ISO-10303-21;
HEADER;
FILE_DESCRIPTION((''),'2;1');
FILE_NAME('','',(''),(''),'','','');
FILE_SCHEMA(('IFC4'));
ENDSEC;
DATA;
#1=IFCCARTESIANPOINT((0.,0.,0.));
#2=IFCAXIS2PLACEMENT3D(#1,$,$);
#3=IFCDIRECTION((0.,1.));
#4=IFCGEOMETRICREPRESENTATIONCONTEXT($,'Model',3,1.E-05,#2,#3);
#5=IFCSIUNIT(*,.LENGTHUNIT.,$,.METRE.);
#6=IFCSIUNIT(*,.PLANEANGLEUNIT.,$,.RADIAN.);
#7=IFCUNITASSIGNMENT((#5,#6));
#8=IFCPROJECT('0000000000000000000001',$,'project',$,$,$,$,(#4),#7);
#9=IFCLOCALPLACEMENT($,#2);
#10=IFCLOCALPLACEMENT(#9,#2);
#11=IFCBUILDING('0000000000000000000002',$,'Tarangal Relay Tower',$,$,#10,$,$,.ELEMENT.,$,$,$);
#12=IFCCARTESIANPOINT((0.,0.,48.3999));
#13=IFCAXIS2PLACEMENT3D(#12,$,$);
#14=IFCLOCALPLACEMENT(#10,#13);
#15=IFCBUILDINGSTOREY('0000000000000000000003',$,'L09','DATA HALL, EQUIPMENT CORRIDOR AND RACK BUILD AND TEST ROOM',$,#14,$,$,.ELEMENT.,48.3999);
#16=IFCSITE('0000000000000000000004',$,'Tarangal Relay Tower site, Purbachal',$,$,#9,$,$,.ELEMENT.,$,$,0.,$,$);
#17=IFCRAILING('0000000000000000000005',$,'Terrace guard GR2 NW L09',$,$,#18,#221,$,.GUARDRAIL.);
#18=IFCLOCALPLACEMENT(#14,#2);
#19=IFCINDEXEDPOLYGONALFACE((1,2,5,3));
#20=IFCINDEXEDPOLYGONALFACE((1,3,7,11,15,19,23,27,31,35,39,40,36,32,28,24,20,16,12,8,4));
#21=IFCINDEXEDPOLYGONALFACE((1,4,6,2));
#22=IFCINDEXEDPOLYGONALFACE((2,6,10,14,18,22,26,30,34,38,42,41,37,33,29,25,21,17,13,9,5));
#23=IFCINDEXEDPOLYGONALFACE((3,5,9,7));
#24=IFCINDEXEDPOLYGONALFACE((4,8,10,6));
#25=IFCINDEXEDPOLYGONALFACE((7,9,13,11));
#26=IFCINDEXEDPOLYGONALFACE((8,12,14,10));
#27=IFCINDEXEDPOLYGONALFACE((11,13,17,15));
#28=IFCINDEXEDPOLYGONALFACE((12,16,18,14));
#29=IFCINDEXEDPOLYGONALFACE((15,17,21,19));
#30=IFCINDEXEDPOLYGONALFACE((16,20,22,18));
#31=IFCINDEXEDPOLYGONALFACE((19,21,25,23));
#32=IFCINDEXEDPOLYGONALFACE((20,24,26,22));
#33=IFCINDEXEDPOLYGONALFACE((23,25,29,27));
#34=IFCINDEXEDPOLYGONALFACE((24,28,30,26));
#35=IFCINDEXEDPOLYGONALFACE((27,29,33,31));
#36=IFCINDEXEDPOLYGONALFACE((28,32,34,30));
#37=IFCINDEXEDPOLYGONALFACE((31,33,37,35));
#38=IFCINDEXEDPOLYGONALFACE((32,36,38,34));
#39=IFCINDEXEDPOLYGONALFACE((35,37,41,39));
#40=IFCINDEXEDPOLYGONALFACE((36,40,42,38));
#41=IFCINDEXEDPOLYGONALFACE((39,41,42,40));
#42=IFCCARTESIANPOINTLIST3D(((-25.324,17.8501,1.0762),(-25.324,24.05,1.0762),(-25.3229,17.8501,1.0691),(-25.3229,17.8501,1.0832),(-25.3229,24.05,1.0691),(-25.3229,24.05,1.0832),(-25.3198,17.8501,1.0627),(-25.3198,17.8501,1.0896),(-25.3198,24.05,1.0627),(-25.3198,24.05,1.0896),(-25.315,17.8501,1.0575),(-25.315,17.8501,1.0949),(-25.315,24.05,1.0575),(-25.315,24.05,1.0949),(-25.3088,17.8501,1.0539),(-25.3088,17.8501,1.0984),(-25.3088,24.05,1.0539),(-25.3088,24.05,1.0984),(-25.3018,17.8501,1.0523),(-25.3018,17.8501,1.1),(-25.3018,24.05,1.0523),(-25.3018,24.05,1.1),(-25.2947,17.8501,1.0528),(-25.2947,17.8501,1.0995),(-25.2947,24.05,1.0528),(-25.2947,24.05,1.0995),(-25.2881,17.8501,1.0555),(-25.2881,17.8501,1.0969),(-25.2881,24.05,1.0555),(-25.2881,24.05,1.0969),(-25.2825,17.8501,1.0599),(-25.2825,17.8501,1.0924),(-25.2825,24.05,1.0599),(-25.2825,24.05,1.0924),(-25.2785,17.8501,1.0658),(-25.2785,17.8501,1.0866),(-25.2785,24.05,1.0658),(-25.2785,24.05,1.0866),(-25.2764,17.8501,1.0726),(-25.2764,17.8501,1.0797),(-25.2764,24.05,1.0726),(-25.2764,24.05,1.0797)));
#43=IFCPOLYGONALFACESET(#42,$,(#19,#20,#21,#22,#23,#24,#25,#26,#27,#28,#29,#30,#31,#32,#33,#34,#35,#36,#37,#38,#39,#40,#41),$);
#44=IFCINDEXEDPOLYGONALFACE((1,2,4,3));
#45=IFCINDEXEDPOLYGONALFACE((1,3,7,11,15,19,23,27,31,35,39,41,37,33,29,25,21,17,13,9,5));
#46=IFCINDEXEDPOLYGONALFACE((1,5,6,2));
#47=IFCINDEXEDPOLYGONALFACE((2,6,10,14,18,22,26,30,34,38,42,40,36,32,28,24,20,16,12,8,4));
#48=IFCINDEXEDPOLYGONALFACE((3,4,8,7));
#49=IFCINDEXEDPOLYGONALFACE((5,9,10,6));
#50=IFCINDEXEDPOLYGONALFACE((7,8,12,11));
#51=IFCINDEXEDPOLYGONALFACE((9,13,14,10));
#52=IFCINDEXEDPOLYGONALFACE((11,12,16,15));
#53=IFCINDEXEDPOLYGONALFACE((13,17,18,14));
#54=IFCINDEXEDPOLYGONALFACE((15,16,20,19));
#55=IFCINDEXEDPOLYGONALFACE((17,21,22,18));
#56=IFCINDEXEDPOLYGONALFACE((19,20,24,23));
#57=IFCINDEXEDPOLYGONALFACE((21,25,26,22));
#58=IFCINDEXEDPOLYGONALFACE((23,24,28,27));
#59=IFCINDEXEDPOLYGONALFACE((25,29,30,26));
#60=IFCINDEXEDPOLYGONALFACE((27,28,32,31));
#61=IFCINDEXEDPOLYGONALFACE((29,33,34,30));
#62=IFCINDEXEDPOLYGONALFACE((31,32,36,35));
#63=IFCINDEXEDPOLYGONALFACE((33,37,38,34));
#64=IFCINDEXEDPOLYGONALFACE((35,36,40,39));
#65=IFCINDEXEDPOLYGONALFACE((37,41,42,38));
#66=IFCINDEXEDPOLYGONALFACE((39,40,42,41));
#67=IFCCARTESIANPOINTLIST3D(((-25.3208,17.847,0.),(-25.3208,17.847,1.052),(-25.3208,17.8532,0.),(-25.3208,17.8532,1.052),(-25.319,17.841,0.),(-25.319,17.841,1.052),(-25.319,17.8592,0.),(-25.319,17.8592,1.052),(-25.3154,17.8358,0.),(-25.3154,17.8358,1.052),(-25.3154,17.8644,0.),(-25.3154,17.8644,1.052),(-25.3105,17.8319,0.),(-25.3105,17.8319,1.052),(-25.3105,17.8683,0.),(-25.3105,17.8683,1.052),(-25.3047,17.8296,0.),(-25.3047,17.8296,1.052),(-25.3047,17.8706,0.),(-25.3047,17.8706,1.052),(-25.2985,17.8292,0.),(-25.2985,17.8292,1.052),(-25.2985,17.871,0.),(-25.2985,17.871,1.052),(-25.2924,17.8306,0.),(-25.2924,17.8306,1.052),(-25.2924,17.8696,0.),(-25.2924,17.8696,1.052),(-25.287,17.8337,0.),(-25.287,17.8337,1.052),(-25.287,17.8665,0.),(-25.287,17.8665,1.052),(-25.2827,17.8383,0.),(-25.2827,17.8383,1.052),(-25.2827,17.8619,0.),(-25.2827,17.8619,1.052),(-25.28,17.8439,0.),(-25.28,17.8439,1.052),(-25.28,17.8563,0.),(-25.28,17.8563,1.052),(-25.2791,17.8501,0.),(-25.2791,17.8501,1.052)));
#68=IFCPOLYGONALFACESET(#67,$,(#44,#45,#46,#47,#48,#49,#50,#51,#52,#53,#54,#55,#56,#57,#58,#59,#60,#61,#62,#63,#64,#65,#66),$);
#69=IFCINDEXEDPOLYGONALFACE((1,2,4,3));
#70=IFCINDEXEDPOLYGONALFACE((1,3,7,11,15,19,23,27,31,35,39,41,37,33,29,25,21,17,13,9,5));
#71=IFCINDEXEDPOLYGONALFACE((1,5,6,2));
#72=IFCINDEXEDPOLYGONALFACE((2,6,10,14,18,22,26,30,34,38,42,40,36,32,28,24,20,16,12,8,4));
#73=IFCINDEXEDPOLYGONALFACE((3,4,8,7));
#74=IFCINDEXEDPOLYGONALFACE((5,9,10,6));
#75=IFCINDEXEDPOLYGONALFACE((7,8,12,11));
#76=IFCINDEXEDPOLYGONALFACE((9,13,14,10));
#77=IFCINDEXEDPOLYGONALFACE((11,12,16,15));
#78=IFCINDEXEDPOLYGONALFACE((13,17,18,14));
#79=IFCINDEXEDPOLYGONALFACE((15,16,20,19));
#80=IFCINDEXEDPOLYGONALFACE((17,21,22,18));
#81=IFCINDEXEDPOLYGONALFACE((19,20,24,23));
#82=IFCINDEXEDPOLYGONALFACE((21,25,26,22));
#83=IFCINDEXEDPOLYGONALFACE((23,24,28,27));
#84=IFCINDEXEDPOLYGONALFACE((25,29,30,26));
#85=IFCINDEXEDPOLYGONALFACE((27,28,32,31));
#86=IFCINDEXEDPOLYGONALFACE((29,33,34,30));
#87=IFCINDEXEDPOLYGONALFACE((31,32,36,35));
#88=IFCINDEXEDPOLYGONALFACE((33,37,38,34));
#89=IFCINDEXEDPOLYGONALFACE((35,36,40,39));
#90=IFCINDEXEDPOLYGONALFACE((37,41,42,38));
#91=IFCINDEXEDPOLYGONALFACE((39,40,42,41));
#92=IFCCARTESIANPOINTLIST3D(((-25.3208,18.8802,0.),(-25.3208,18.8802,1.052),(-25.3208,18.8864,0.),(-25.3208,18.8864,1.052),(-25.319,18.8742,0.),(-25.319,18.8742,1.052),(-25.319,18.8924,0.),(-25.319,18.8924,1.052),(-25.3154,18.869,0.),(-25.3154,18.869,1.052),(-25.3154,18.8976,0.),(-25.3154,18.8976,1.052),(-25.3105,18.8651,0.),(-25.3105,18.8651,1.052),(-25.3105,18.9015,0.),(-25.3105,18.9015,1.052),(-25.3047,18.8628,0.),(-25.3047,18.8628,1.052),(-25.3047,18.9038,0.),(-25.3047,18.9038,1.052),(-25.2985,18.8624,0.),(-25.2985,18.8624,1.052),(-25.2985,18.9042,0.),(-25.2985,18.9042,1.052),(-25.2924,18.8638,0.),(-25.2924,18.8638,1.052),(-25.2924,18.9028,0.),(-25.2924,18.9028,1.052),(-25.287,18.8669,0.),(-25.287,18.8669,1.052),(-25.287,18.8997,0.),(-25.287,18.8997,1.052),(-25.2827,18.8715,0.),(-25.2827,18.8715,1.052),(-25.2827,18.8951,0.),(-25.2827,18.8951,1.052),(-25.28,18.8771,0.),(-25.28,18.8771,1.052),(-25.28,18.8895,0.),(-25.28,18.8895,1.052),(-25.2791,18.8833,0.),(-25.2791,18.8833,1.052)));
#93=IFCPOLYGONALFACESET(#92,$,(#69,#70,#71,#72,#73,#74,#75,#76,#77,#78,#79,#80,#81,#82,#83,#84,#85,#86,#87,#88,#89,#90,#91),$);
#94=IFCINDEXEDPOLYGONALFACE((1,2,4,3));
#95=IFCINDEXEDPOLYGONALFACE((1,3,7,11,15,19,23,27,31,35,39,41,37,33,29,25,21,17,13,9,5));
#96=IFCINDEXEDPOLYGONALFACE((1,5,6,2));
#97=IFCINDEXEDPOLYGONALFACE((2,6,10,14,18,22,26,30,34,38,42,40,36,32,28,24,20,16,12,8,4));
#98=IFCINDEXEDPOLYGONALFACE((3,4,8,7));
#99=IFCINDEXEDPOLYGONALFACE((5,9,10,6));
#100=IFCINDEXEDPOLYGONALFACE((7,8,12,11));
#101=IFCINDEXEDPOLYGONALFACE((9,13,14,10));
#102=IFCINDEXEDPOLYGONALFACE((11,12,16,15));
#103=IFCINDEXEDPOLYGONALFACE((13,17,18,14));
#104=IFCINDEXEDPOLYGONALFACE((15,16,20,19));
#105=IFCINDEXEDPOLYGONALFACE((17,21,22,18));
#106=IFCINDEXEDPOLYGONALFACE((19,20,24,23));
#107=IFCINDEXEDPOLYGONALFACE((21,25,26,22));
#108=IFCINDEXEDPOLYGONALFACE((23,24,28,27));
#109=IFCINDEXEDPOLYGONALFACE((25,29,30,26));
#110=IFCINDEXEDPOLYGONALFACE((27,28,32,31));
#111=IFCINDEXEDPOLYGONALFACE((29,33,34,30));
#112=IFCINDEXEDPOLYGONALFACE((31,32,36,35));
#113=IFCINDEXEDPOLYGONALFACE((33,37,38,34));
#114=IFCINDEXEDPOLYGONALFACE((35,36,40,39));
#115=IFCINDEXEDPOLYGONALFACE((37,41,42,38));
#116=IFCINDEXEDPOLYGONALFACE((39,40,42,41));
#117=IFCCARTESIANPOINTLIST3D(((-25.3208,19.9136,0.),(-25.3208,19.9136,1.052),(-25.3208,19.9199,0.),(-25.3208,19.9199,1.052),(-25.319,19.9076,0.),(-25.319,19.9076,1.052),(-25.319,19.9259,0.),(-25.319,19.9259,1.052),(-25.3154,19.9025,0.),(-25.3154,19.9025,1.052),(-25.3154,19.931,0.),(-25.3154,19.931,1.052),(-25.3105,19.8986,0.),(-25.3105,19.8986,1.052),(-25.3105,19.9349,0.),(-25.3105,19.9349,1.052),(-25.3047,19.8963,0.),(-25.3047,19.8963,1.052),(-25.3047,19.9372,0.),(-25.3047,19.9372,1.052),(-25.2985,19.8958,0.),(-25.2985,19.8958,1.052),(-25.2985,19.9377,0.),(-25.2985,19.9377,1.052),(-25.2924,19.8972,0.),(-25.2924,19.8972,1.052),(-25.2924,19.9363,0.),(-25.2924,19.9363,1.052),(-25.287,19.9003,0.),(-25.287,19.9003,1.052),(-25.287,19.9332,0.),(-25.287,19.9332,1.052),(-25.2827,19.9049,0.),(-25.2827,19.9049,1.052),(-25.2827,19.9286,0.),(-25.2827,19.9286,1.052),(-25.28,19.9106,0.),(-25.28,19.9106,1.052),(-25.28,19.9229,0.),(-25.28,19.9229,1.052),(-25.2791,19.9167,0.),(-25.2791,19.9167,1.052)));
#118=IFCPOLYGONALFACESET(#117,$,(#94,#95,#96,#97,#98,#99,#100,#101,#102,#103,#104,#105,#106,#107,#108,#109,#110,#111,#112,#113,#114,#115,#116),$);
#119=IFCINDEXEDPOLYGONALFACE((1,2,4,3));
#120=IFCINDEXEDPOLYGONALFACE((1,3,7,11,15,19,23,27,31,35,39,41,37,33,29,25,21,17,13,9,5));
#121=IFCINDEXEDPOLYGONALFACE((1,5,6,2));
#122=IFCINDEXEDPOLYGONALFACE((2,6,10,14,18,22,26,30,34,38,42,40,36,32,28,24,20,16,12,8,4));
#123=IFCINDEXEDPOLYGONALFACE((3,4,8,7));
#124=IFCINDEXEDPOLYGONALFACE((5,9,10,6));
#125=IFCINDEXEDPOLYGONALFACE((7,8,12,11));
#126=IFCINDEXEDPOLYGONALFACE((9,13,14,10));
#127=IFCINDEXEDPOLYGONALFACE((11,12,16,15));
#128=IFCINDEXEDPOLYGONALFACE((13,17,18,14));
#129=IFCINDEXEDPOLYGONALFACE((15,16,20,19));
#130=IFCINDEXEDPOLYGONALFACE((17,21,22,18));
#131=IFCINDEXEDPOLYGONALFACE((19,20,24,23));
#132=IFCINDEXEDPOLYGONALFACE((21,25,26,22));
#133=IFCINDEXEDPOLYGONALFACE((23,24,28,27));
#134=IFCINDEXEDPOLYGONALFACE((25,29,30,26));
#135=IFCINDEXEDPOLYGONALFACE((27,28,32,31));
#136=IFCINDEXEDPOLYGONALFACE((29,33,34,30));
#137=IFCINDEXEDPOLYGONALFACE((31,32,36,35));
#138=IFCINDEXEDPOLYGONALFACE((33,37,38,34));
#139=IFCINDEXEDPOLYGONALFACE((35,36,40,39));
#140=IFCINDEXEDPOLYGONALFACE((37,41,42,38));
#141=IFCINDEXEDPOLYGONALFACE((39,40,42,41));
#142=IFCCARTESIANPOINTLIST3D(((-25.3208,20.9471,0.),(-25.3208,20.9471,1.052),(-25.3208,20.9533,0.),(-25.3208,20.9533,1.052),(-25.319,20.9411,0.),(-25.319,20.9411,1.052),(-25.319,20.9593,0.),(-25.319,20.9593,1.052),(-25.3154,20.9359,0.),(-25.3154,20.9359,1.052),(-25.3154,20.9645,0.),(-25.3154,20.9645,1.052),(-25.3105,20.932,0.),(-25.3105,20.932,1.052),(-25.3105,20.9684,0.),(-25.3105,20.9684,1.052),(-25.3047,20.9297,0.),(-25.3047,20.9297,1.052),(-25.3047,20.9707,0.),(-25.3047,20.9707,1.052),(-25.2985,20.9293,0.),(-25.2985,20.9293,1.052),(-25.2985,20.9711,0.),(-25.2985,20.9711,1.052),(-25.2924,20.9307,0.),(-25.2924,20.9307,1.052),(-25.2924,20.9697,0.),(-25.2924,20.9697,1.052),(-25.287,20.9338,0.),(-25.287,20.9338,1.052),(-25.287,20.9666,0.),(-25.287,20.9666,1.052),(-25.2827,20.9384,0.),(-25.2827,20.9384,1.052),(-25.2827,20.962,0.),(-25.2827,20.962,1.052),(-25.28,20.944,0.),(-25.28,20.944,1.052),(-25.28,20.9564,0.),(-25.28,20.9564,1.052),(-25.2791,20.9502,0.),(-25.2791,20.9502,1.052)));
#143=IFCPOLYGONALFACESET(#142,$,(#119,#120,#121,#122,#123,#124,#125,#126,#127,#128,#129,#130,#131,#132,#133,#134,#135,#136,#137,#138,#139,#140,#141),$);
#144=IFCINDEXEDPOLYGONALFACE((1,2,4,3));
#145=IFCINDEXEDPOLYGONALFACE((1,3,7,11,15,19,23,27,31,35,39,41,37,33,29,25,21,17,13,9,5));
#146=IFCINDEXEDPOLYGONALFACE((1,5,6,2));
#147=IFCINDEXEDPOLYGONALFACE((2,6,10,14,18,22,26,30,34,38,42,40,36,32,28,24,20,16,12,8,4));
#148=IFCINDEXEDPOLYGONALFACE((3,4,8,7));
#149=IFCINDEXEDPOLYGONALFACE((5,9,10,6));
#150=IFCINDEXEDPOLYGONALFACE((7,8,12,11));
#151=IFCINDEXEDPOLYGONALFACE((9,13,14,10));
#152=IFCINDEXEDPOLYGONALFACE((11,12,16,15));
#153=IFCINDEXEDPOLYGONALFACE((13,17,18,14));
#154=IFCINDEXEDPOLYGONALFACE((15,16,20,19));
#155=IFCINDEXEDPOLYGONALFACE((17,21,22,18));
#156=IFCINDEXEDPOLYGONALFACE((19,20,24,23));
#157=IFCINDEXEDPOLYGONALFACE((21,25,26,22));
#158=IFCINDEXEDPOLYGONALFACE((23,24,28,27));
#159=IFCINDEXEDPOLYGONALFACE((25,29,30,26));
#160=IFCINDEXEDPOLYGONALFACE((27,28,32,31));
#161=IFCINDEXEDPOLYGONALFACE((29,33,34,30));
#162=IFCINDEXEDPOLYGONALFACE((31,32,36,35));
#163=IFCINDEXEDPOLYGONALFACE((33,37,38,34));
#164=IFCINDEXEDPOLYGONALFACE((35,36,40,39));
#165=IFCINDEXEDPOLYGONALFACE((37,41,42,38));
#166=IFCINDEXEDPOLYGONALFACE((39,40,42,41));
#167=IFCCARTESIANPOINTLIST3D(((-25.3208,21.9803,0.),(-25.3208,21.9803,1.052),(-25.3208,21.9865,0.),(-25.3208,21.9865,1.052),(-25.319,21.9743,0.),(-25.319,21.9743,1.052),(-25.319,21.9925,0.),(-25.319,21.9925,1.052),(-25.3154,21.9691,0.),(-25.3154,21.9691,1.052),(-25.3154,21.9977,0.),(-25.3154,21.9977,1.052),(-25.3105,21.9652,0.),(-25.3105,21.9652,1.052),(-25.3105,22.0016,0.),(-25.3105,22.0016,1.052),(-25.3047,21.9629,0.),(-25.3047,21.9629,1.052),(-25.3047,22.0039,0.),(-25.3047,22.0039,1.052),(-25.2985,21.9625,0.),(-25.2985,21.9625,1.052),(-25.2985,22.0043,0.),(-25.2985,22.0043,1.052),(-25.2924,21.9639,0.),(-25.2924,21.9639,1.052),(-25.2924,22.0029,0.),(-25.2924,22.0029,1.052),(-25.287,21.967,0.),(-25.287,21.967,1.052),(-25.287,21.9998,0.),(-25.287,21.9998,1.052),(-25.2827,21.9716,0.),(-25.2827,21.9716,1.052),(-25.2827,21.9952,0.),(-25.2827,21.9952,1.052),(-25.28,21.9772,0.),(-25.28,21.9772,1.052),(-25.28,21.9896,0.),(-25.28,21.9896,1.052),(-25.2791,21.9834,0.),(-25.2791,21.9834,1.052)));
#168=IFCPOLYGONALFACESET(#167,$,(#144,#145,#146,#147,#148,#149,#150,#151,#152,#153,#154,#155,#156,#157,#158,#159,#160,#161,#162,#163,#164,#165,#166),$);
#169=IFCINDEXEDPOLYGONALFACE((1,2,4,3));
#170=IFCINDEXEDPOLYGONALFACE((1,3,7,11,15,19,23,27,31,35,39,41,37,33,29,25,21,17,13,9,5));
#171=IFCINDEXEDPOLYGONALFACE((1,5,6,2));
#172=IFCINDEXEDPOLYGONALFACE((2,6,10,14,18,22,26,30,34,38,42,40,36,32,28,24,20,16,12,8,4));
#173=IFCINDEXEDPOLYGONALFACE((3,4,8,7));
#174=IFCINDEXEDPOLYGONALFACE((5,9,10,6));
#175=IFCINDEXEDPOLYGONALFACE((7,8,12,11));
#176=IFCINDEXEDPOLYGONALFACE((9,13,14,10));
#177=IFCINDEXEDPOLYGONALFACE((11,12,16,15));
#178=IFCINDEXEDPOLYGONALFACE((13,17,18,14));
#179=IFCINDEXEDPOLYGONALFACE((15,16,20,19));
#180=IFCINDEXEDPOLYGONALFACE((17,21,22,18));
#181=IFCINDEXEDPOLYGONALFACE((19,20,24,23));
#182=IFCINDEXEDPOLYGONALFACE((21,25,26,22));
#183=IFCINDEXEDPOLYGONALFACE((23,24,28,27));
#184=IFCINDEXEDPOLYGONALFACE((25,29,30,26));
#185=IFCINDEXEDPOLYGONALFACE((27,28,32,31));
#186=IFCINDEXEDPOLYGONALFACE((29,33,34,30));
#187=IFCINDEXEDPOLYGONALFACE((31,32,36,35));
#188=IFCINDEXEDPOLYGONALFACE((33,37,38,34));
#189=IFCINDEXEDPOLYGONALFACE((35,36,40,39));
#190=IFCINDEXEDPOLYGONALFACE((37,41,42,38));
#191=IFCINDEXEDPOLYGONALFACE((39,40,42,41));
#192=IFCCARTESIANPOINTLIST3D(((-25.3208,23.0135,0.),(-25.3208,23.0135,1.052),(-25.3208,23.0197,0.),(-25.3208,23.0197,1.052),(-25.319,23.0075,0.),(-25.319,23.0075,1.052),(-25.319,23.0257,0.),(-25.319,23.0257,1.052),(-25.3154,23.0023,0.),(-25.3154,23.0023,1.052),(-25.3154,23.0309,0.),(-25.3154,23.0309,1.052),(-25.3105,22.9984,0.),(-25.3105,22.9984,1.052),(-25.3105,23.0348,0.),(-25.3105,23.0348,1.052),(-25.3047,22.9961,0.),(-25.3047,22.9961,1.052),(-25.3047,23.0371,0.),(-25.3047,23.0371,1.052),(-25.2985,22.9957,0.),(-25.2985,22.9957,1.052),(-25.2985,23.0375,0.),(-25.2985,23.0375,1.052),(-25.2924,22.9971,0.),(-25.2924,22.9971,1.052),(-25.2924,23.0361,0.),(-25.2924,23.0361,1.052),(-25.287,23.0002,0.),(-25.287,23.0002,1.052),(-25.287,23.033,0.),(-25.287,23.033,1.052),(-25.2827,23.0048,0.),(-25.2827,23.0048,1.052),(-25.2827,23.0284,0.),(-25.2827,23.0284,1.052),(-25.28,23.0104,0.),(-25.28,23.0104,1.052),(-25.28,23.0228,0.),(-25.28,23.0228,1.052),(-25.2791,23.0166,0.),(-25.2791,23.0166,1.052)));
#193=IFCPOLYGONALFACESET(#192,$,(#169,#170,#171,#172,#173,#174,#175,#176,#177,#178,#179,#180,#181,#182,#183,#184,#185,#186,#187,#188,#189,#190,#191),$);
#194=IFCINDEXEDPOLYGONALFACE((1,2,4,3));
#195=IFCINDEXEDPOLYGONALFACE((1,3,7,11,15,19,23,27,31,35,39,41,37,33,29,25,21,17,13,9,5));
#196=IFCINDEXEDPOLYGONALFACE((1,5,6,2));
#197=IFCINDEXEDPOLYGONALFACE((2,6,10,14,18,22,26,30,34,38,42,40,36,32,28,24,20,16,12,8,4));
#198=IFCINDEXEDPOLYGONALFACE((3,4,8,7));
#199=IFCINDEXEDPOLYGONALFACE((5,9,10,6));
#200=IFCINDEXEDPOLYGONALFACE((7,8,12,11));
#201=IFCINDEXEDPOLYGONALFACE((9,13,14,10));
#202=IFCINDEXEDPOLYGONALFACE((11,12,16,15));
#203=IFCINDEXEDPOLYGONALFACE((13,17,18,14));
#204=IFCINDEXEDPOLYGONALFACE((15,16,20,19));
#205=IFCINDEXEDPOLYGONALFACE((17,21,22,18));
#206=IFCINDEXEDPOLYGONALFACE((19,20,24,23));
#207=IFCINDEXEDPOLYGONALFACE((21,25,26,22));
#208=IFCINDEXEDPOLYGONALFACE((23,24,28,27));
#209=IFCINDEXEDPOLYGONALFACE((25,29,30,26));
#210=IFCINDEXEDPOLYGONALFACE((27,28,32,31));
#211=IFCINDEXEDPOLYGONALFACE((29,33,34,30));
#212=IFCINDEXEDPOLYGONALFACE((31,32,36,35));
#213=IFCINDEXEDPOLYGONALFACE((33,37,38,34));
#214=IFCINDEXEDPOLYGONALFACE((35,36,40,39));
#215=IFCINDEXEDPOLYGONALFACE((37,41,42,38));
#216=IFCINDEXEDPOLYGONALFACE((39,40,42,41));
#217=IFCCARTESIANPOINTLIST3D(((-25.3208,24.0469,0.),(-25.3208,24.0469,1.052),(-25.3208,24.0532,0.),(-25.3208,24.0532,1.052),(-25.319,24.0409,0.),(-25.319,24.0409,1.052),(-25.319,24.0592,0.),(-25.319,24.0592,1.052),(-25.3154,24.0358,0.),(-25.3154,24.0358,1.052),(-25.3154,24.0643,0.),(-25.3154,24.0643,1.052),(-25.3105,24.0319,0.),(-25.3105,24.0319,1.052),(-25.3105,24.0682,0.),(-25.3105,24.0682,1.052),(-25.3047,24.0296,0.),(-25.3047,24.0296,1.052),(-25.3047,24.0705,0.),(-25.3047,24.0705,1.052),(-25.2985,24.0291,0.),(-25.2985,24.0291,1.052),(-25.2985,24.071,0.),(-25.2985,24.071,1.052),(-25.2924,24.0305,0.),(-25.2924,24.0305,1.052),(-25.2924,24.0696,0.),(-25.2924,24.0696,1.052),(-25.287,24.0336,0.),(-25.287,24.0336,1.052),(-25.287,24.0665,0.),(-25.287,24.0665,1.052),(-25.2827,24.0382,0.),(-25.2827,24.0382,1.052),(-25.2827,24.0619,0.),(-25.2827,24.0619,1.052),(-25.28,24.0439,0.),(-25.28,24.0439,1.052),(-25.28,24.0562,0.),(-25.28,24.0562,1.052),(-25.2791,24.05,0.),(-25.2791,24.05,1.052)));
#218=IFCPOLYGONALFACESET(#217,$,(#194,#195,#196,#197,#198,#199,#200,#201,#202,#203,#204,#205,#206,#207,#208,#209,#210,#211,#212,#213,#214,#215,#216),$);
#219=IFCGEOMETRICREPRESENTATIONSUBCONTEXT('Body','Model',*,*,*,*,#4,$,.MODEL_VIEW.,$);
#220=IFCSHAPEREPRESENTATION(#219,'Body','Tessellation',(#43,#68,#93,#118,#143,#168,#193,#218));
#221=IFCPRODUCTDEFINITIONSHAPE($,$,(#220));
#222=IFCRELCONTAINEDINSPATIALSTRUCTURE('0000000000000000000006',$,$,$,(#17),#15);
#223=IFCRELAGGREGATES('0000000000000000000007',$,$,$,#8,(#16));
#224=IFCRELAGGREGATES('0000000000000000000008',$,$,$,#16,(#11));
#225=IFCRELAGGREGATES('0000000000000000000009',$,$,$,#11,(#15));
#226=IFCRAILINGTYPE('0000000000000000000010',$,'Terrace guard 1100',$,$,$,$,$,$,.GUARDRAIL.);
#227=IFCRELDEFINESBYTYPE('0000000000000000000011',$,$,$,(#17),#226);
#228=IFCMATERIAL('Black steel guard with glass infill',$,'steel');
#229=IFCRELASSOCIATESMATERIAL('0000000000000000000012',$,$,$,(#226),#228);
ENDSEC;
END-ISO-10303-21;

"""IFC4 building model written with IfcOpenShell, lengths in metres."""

from ifc_helpers import new_model, si_unit, direction, frame, origin, origin_2d, place, context, subcontext, project, spatial, circle, extrude, material, type_object, element, save


model = new_model("IFC4")

# Units and contexts
model_context = context("Model", 3, precision=1e-05, world=origin(), true_north=direction((0.0, 1.0)))
body_context = subcontext(model_context, "Body", "Model", "MODEL_VIEW")
ifc_project = project(units=[si_unit("LENGTHUNIT", "METRE"), si_unit("PLANEANGLEUNIT", "RADIAN")], contexts=[model_context])

# Site, building, storey
site_placement = place(None, origin())
site = spatial("IfcSite", under=ifc_project, at=site_placement, Name="Tarangal Relay Tower site, Purbachal", CompositionType="ELEMENT", RefElevation=0.0)
building_placement = place(site_placement, origin())
building = spatial("IfcBuilding", under=site, at=building_placement, Name="Tarangal Relay Tower", CompositionType="ELEMENT")
storey_placement = place(building_placement, frame((0.0, 0.0, 48.3999)))
storey = spatial("IfcBuildingStorey", under=building, at=storey_placement, Name="L09", Description="DATA HALL, EQUIPMENT CORRIDOR AND RACK BUILD AND TEST ROOM", CompositionType="ELEMENT", Elevation=48.3999)

# Railing
ifc_material_1 = material(Name="Black steel guard with glass infill", Category="steel")
railing_type = type_object("IfcRailingType", Name="Terrace guard 1100", PredefinedType="GUARDRAIL", material=ifc_material_1)
railing_1_placement = place(storey_placement, frame((-25.3, 17.8501, 0.0)))
element("IfcRailing", 1, at=railing_1_placement, inside=storey, type_object=railing_type, Name="Terrace guard GR2 NW L09", PredefinedType="GUARDRAIL", context=body_context, shape_type="SweptSolid", body=[
    extrude(circle(Radius=0.0239, at=origin_2d()), frame((0.0, 0.0, 1.0762), z_axis=(0.0, 1.0, 0.0), x_axis=(-1.0, 0.0, 0.0)), (0.0, 0.0, 1.0), 6.2),
    extrude(circle(Radius=0.021, at=origin_2d()), origin(), (0.0, 0.0, 1.0), 1.052),
    extrude(circle(Radius=0.021, at=origin_2d()), frame((0.0, 1.0332, 0.0)), (0.0, 0.0, 1.0), 1.052),
    extrude(circle(Radius=0.021, at=origin_2d()), frame((0.0, 2.0667, 0.0)), (0.0, 0.0, 1.0), 1.052),
    extrude(circle(Radius=0.021, at=origin_2d()), frame((0.0, 3.1001, 0.0)), (0.0, 0.0, 1.0), 1.052),
    extrude(circle(Radius=0.021, at=origin_2d()), frame((0.0, 4.1333, 0.0)), (0.0, 0.0, 1.0), 1.052),
    extrude(circle(Radius=0.021, at=origin_2d()), frame((0.0, 5.1665, 0.0)), (0.0, 0.0, 1.0), 1.052),
    extrude(circle(Radius=0.021, at=origin_2d()), frame((0.0, 6.2, 0.0)), (0.0, 0.0, 1.0), 1.052),
])

save(model, "model.ifc")
